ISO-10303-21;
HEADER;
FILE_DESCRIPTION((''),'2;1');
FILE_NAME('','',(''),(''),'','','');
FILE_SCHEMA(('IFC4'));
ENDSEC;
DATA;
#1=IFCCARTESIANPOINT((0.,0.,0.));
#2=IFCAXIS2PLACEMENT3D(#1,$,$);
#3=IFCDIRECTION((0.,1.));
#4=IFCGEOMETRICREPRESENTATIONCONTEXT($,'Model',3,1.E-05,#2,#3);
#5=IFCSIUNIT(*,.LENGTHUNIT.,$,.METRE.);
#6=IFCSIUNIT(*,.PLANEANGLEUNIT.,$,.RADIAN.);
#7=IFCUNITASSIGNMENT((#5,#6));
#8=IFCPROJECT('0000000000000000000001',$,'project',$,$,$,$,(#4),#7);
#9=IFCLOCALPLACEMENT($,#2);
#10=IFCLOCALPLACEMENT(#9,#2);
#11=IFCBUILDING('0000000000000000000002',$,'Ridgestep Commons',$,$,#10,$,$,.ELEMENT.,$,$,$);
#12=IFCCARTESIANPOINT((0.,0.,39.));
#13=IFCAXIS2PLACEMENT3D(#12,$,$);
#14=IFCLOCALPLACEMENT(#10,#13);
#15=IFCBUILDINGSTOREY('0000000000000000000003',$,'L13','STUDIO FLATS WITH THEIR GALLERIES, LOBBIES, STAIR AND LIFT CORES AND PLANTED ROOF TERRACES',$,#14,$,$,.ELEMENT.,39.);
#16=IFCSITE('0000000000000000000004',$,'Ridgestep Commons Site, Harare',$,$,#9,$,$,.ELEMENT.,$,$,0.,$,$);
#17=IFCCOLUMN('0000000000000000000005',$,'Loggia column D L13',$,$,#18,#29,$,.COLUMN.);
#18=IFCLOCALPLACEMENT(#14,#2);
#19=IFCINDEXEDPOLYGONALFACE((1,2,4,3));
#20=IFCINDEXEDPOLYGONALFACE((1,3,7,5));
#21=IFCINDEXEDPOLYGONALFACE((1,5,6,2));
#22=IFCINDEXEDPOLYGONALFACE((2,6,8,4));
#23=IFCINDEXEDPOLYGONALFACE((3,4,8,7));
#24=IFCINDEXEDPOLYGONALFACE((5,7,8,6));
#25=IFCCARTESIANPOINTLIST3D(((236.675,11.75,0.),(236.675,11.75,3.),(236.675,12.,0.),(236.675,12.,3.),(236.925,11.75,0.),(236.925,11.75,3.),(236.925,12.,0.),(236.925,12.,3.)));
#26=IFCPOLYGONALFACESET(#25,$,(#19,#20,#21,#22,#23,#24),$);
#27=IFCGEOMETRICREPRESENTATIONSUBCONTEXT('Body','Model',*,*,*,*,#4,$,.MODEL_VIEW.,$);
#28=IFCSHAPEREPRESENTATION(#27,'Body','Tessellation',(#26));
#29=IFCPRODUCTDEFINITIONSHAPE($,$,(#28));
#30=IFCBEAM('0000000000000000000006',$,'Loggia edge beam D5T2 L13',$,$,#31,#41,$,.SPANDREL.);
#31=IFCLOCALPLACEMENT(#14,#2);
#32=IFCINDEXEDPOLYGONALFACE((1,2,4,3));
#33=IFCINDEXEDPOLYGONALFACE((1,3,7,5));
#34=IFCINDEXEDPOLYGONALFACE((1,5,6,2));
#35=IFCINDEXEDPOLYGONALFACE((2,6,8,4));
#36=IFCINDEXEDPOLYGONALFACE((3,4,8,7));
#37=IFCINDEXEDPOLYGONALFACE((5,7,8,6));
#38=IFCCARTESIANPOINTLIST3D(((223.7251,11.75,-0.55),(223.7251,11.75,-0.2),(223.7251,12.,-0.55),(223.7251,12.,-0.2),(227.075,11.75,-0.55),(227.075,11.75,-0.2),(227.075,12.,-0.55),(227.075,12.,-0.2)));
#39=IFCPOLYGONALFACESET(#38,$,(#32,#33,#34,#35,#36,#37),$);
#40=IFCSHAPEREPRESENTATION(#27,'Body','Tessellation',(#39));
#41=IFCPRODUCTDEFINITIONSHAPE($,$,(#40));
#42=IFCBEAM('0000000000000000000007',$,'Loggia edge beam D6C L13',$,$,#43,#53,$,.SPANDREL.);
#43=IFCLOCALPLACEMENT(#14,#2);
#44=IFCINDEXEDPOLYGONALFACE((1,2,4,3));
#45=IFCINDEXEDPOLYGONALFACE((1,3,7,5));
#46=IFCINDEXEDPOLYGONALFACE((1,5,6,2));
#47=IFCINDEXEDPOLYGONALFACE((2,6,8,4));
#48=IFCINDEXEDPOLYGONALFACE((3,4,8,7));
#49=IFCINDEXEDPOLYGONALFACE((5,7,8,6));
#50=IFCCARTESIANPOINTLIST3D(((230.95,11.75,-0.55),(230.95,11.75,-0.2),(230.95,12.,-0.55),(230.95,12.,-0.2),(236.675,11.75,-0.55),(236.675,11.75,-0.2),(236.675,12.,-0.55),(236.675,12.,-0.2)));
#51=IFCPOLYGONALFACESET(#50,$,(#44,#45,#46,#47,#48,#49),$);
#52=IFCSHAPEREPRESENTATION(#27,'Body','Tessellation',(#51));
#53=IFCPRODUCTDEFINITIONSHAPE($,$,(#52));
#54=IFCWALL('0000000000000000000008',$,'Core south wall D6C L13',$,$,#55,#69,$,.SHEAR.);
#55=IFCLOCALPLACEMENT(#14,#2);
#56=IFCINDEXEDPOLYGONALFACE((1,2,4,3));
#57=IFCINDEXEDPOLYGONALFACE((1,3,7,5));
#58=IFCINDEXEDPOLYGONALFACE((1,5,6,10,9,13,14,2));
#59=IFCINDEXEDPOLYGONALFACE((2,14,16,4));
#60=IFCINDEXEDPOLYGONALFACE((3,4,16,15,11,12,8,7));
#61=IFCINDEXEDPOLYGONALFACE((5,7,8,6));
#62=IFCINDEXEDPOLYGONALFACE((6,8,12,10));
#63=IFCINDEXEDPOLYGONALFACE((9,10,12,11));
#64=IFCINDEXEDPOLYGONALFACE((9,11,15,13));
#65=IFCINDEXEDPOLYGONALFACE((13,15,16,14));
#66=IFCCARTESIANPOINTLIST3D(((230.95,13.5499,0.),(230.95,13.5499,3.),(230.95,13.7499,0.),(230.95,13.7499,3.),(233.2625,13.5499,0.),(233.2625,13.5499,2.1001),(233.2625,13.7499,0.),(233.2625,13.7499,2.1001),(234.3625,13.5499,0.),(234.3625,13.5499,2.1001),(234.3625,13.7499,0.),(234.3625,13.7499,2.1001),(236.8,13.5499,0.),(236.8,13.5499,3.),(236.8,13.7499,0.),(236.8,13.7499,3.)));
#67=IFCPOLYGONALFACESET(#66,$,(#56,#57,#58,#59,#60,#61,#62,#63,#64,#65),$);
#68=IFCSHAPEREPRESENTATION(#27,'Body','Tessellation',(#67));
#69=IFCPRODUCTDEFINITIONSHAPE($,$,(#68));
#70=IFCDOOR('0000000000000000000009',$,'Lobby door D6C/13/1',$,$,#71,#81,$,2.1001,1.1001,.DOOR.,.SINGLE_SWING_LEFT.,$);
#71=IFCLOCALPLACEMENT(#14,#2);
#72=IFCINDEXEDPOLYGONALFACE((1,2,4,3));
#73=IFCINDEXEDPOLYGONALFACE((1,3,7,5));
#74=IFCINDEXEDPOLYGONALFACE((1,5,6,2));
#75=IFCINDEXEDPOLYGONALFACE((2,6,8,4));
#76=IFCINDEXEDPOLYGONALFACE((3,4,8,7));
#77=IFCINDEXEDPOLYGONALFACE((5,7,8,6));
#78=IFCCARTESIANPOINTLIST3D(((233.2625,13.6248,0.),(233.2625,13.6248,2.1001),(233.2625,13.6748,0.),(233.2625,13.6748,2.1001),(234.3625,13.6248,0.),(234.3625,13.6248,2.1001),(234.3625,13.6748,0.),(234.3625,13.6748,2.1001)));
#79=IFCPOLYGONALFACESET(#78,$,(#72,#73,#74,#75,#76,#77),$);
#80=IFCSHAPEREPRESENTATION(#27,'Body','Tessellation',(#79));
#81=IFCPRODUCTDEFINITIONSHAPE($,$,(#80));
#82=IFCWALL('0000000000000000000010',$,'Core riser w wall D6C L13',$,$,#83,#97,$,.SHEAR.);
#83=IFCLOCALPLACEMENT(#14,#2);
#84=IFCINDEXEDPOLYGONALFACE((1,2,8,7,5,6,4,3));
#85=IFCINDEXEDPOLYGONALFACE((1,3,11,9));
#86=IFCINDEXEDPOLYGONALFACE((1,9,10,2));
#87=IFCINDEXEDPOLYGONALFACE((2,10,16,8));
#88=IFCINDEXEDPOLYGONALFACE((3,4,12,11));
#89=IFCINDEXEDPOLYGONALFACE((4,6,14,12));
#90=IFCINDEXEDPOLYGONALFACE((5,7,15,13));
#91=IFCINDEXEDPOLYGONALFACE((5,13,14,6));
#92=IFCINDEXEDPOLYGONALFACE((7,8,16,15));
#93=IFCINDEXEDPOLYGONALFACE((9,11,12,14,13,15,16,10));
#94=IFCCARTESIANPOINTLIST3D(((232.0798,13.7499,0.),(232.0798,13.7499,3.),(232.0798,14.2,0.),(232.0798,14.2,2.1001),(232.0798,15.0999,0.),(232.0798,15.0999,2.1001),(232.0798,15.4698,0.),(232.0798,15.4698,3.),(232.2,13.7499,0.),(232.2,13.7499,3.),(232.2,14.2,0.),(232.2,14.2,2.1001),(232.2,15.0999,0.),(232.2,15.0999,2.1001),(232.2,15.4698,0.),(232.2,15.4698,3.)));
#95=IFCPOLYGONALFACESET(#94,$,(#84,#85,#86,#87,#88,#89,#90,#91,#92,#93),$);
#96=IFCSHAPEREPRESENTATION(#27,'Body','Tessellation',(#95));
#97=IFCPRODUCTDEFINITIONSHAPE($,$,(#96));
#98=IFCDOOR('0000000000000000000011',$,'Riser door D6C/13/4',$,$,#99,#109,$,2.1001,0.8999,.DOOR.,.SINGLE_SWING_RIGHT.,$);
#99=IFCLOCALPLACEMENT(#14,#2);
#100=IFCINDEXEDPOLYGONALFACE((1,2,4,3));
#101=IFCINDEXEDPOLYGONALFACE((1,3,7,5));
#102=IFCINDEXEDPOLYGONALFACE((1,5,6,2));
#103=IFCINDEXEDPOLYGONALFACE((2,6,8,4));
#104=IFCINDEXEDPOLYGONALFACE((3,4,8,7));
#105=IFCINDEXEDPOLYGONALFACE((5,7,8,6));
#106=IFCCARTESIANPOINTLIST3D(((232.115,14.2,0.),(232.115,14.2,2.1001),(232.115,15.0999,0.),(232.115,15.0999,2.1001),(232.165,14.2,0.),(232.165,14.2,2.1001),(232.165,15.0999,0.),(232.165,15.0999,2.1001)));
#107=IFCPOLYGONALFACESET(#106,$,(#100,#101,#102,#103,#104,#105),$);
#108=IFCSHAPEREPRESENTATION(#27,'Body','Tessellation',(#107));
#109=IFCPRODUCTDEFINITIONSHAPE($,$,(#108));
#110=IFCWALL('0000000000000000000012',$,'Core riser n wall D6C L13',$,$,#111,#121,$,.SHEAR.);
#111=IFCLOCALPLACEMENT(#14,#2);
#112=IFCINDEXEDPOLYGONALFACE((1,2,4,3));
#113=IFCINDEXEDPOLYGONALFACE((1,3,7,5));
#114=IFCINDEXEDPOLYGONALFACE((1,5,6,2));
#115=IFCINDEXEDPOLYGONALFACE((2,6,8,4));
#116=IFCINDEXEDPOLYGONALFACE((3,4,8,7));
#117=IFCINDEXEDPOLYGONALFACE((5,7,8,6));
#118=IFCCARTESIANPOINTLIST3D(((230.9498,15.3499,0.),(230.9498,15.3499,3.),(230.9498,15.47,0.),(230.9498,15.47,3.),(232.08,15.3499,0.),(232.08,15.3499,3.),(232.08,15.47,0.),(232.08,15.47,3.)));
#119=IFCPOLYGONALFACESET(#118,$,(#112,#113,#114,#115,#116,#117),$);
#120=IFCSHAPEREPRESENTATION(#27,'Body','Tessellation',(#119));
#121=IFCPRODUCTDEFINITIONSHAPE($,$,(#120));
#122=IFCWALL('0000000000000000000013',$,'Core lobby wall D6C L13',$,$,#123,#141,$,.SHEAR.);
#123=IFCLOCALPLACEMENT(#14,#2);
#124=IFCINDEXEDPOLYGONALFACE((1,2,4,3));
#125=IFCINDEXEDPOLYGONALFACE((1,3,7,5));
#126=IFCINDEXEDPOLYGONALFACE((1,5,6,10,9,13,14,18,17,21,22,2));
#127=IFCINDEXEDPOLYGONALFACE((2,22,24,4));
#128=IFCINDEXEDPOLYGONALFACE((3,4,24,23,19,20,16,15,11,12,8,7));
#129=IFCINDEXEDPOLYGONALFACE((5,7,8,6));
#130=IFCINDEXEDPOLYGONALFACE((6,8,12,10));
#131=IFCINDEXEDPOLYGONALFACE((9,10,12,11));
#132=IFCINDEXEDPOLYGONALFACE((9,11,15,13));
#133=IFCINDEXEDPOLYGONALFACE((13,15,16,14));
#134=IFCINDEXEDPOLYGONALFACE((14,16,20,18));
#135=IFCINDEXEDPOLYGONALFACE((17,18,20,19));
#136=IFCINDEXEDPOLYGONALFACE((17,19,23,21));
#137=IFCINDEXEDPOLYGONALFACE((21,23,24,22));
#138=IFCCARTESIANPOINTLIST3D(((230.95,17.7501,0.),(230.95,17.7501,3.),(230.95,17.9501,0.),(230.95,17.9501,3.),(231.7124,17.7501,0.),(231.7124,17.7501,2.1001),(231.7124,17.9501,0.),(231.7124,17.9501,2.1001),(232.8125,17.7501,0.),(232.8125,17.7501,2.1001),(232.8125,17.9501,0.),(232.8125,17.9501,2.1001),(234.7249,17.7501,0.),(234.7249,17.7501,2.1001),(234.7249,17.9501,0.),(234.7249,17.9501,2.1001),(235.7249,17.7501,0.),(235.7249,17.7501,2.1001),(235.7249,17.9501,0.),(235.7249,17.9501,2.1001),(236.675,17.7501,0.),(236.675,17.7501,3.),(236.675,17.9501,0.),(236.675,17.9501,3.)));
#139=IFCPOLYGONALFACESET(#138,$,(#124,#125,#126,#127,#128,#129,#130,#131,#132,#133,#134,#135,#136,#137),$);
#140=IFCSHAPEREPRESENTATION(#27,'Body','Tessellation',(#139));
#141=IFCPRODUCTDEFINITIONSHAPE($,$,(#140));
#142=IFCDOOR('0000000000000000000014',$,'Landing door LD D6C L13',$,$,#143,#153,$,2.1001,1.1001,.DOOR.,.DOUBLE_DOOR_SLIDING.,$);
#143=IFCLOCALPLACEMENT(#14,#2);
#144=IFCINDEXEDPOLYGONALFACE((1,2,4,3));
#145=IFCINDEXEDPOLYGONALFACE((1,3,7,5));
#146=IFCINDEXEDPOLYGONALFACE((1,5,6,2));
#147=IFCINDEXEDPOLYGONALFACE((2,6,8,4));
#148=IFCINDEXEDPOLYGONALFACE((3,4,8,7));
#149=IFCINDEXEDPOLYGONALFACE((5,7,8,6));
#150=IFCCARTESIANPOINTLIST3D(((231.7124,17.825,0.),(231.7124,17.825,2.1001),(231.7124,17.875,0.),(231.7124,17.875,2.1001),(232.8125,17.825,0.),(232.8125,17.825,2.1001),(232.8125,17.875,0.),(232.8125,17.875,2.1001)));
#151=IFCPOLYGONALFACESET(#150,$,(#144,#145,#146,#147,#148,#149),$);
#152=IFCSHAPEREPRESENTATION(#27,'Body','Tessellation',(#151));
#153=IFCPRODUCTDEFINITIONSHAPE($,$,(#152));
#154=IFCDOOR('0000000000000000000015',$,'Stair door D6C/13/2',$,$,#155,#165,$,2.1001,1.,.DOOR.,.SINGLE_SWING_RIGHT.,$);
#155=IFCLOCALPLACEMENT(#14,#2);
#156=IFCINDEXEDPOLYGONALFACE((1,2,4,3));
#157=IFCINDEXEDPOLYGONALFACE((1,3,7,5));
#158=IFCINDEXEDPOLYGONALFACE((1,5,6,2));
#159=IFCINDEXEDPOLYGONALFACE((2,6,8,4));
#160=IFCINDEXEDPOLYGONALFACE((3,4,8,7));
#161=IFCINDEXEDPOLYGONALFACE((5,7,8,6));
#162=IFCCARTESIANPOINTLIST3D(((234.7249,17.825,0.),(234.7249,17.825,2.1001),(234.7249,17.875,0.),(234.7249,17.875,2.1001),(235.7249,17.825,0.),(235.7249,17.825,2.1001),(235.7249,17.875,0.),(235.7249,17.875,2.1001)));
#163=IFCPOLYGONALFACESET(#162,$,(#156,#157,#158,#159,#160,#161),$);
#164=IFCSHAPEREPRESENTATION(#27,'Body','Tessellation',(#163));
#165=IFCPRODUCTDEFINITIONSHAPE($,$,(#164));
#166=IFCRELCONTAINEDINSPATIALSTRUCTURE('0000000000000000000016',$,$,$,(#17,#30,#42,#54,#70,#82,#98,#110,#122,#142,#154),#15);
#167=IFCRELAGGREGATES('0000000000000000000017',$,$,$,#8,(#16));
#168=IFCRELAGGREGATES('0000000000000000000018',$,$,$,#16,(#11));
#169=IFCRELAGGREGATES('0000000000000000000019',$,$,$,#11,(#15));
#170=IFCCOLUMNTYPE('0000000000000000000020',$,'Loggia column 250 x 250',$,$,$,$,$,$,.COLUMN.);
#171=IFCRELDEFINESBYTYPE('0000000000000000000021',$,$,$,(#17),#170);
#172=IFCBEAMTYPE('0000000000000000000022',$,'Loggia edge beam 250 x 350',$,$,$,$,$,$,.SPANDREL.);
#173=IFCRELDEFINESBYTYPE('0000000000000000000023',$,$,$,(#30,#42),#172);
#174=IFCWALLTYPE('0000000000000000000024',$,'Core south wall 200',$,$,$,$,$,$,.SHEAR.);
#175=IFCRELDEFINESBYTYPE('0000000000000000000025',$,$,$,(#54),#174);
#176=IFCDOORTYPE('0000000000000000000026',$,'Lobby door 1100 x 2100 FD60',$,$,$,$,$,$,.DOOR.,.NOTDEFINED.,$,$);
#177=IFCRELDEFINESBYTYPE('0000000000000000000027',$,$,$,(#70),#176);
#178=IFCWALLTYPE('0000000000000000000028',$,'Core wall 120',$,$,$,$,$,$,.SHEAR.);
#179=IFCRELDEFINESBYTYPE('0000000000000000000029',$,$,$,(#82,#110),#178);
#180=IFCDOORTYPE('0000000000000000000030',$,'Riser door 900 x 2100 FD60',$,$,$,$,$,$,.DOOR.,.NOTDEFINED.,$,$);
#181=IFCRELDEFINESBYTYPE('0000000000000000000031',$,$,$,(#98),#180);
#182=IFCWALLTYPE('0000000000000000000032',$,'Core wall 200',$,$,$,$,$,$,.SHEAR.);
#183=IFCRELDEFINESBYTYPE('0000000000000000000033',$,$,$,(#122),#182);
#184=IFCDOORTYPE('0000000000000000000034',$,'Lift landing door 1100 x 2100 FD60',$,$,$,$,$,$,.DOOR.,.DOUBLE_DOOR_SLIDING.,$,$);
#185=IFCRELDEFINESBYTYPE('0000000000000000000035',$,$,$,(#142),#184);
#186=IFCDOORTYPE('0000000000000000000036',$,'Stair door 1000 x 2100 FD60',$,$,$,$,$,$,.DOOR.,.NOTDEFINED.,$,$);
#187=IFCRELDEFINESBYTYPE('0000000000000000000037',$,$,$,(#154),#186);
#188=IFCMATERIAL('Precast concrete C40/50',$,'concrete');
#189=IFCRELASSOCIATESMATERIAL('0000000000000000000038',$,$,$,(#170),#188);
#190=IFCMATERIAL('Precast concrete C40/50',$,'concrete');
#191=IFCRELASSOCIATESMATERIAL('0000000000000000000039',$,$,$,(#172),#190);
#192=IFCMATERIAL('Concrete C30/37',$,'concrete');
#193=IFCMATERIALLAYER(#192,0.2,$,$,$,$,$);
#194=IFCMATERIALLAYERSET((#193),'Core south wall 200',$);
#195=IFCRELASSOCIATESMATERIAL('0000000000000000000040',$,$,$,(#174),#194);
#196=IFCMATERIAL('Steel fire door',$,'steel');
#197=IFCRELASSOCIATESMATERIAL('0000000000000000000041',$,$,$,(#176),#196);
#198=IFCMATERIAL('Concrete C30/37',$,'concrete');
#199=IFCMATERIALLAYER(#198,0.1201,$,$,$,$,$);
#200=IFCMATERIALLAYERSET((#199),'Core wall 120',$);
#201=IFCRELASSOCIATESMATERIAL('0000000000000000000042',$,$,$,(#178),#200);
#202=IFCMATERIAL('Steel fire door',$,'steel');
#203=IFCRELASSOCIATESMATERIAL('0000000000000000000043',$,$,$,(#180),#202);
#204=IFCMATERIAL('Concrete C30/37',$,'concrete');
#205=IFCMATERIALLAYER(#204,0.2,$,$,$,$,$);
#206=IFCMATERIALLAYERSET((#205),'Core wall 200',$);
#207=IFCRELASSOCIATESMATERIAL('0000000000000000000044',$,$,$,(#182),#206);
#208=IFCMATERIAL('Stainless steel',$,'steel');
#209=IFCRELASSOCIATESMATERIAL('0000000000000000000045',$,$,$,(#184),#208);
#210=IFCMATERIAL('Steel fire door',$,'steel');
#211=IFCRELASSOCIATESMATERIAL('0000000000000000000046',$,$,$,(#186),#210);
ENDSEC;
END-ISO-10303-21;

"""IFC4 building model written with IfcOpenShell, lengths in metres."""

from ifc_helpers import new_model, si_unit, direction, frame, frame_2d, origin, origin_2d, place, context, subcontext, project, spatial, rectangle, extrude, material, layer, layer_set, material_profile, profile_set, type_object, element, fill, save


model = new_model("IFC4")

# Units and contexts
model_context = context("Model", 3, precision=1e-05, world=origin(), true_north=direction((0.0, 1.0)))
body_context = subcontext(model_context, "Body", "Model", "MODEL_VIEW")
ifc_project = project(units=[si_unit("LENGTHUNIT", "METRE"), si_unit("PLANEANGLEUNIT", "RADIAN")], contexts=[model_context])

# Site, building, storey
site_placement = place(None, origin())
site = spatial("IfcSite", under=ifc_project, at=site_placement, Name="Ridgestep Commons Site, Harare", CompositionType="ELEMENT", RefElevation=0.0)
building_placement = place(site_placement, origin())
building = spatial("IfcBuilding", under=site, at=building_placement, Name="Ridgestep Commons", CompositionType="ELEMENT")
storey_placement = place(building_placement, frame((0.0, 0.0, 39.0)))
storey = spatial("IfcBuildingStorey", under=building, at=storey_placement, Name="L13", Description="STUDIO FLATS WITH THEIR GALLERIES, LOBBIES, STAIR AND LIFT CORES AND PLANTED ROOF TERRACES", CompositionType="ELEMENT", Elevation=39.0)

# Column
ifc_material_1 = material(Name="Precast concrete C40/50", Category="concrete")
ifc_material_profile_1 = material_profile(ifc_material_1, rectangle(XDim=0.25, YDim=0.25, at=origin_2d()), Name="PC 250x250")
ifc_profile_set_1 = profile_set([ifc_material_profile_1], Name="Precast concrete C40/50")
column_type = type_object("IfcColumnType", Name="Loggia column 250 x 250", PredefinedType="COLUMN", material=ifc_profile_set_1)
column_placement = place(storey_placement, frame((236.8, 11.875, 0.0), z_axis=(0.0, 0.0, 1.0), x_axis=(1.0, 0.0, 0.0)))
element("IfcColumn", 1, at=column_placement, inside=storey, type_object=column_type, Name="Loggia column D L13", PredefinedType="COLUMN", context=body_context, shape_type="SweptSolid", body=[
    extrude(rectangle(XDim=0.25, YDim=0.25, at=origin_2d()), origin(), (0.0, 0.0, 1.0), 3.0),
])

# Beams
ifc_material_2 = material(Name="Precast concrete C40/50", Category="concrete")
ifc_material_profile_2 = material_profile(ifc_material_2, rectangle(XDim=0.25, YDim=0.3501, at=origin_2d()), Name="PC 250x350")
ifc_profile_set_2 = profile_set([ifc_material_profile_2], Name="Precast concrete C40/50")
beam_type = type_object("IfcBeamType", Name="Loggia edge beam 250 x 350", PredefinedType="SPANDREL", material=ifc_profile_set_2)
beam_1_placement = place(storey_placement, frame((223.7251, 11.875, -0.375), z_axis=(1.0, 0.0, 0.0), x_axis=(0.0, 1.0, 0.0)))
element("IfcBeam", 2, at=beam_1_placement, inside=storey, type_object=beam_type, Name="Loggia edge beam D5T2 L13", PredefinedType="SPANDREL", context=body_context, shape_type="SweptSolid", body=[
    extrude(rectangle(XDim=0.25, YDim=0.3501, at=origin_2d()), origin(), (0.0, 0.0, 1.0), 3.3499),
])
beam_2_placement = place(storey_placement, frame((230.95, 11.875, -0.375), z_axis=(1.0, 0.0, 0.0), x_axis=(0.0, 1.0, 0.0)))
element("IfcBeam", 3, at=beam_2_placement, inside=storey, type_object=beam_type, Name="Loggia edge beam D6C L13", PredefinedType="SPANDREL", context=body_context, shape_type="SweptSolid", body=[
    extrude(rectangle(XDim=0.25, YDim=0.3501, at=origin_2d()), origin(), (0.0, 0.0, 1.0), 5.7251),
])

# Walls, openings, doors
ifc_material_3 = material(Name="Concrete C30/37", Category="concrete")
ifc_layer_1 = layer(ifc_material_3, 0.2)
ifc_layer_set_1 = layer_set([ifc_layer_1], Name="Core south wall 200")
wall_type_1 = type_object("IfcWallType", Name="Core south wall 200", PredefinedType="SHEAR", material=ifc_layer_set_1)
wall_1_placement = place(storey_placement, frame((230.95, 13.6499, 0.0), z_axis=(0.0, 0.0, 1.0), x_axis=(1.0, 0.0, 0.0)))
wall_1 = element("IfcWall", 4, at=wall_1_placement, inside=storey, type_object=wall_type_1, Name="Core south wall D6C L13", PredefinedType="SHEAR", context=body_context, shape_type="SweptSolid", body=[
    extrude(rectangle(XDim=5.8501, YDim=0.2, at=frame_2d((2.925, 0.0))), origin(), (0.0, 0.0, 1.0), 3.0),
])
opening_1_placement = place(wall_1_placement, frame((2.3125, 0.0, 0.0)))
opening_1 = element("IfcOpeningElement", 5, at=opening_1_placement, cuts=wall_1, PredefinedType="OPENING", context=body_context, shape_type="SweptSolid", body=[
    extrude(rectangle(XDim=1.1001, YDim=2.1001, at=frame_2d((0.55, 1.05))), frame((0.0, 0.1099, 0.0), z_axis=(0.0, -1.0, 0.0), x_axis=(1.0, 0.0, 0.0)), (0.0, 0.0, 1.0), 0.22),
])
ifc_material_4 = material(Name="Steel fire door", Category="steel")
door_type_1 = type_object("IfcDoorType", Name="Lobby door 1100 x 2100 FD60", OperationType="NOTDEFINED", PredefinedType="DOOR", material=ifc_material_4)
door_1_placement = place(opening_1_placement, origin())
door_1 = element("IfcDoor", 6, at=door_1_placement, inside=storey, type_object=door_type_1, Name="Lobby door D6C/13/1", OperationType="SINGLE_SWING_LEFT", OverallHeight=2.1001, OverallWidth=1.1001, PredefinedType="DOOR", context=body_context, shape_type="SweptSolid", body=[
    extrude(rectangle(XDim=1.1001, YDim=2.1001, at=frame_2d((0.55, 1.05))), frame((0.0, 0.0249, 0.0), z_axis=(0.0, -1.0, 0.0), x_axis=(1.0, 0.0, 0.0)), (0.0, 0.0, 1.0), 0.05),
])
fill(opening_1, door_1)
ifc_material_5 = material(Name="Concrete C30/37", Category="concrete")
ifc_layer_2 = layer(ifc_material_5, 0.1201)
ifc_layer_set_2 = layer_set([ifc_layer_2], Name="Core wall 120")
wall_type_2 = type_object("IfcWallType", Name="Core wall 120", PredefinedType="SHEAR", material=ifc_layer_set_2)
wall_2_placement = place(storey_placement, frame((232.1399, 13.75, 0.0), z_axis=(0.0, 0.0, 1.0), x_axis=(0.0, 1.0, 0.0)))
wall_2 = element("IfcWall", 7, at=wall_2_placement, inside=storey, type_object=wall_type_2, Name="Core riser w wall D6C L13", PredefinedType="SHEAR", context=body_context, shape_type="SweptSolid", body=[
    extrude(rectangle(XDim=1.72, YDim=0.1201, at=frame_2d((0.8599, 0.0))), origin(), (0.0, 0.0, 1.0), 3.0),
])
opening_2_placement = place(wall_2_placement, frame((0.45, 0.0, 0.0)))
opening_2 = element("IfcOpeningElement", 8, at=opening_2_placement, cuts=wall_2, PredefinedType="OPENING", context=body_context, shape_type="SweptSolid", body=[
    extrude(rectangle(XDim=0.8999, YDim=2.1001, at=frame_2d((0.45, 1.05))), frame((0.0, 0.0701, 0.0), z_axis=(0.0, -1.0, 0.0), x_axis=(1.0, 0.0, 0.0)), (0.0, 0.0, 1.0), 0.1401),
])
ifc_material_6 = material(Name="Steel fire door", Category="steel")
door_type_2 = type_object("IfcDoorType", Name="Riser door 900 x 2100 FD60", OperationType="NOTDEFINED", PredefinedType="DOOR", material=ifc_material_6)
door_2_placement = place(opening_2_placement, origin())
door_2 = element("IfcDoor", 9, at=door_2_placement, inside=storey, type_object=door_type_2, Name="Riser door D6C/13/4", OperationType="SINGLE_SWING_RIGHT", OverallHeight=2.1001, OverallWidth=0.8999, PredefinedType="DOOR", context=body_context, shape_type="SweptSolid", body=[
    extrude(rectangle(XDim=0.8999, YDim=2.1001, at=frame_2d((0.45, 1.05))), frame((0.0, 0.0249, 0.0), z_axis=(0.0, -1.0, 0.0), x_axis=(1.0, 0.0, 0.0)), (0.0, 0.0, 1.0), 0.05),
])
fill(opening_2, door_2)

# Wall
wall_3_placement = place(storey_placement, frame((230.95, 15.4099, 0.0), z_axis=(0.0, 0.0, 1.0), x_axis=(1.0, 0.0, 0.0)))
element("IfcWall", 10, at=wall_3_placement, inside=storey, type_object=wall_type_2, Name="Core riser n wall D6C L13", PredefinedType="SHEAR", context=body_context, shape_type="SweptSolid", body=[
    extrude(rectangle(XDim=1.1301, YDim=0.1201, at=frame_2d((0.5649, 0.0))), origin(), (0.0, 0.0, 1.0), 3.0),
])

# Wall, openings, doors
ifc_material_7 = material(Name="Concrete C30/37", Category="concrete")
ifc_layer_3 = layer(ifc_material_7, 0.2)
ifc_layer_set_3 = layer_set([ifc_layer_3], Name="Core wall 200")
wall_type_3 = type_object("IfcWallType", Name="Core wall 200", PredefinedType="SHEAR", material=ifc_layer_set_3)
wall_4_placement = place(storey_placement, frame((230.95, 17.8501, 0.0), z_axis=(0.0, 0.0, 1.0), x_axis=(1.0, 0.0, 0.0)))
wall_4 = element("IfcWall", 11, at=wall_4_placement, inside=storey, type_object=wall_type_3, Name="Core lobby wall D6C L13", PredefinedType="SHEAR", context=body_context, shape_type="SweptSolid", body=[
    extrude(rectangle(XDim=5.7251, YDim=0.2, at=frame_2d((2.8625, 0.0))), origin(), (0.0, 0.0, 1.0), 3.0),
])
opening_3_placement = place(wall_4_placement, frame((3.7749, 0.0, 0.0)))
opening_3 = element("IfcOpeningElement", 12, at=opening_3_placement, cuts=wall_4, PredefinedType="OPENING", context=body_context, shape_type="SweptSolid", body=[
    extrude(rectangle(XDim=1.0, YDim=2.1001, at=frame_2d((0.5, 1.05))), frame((0.0, 0.1099, 0.0), z_axis=(0.0, -1.0, 0.0), x_axis=(1.0, 0.0, 0.0)), (0.0, 0.0, 1.0), 0.22),
])
opening_4_placement = place(wall_4_placement, frame((0.7625, 0.0, 0.0)))
opening_4 = element("IfcOpeningElement", 13, at=opening_4_placement, cuts=wall_4, PredefinedType="OPENING", context=body_context, shape_type="SweptSolid", body=[
    extrude(rectangle(XDim=1.1001, YDim=2.1001, at=frame_2d((0.55, 1.05))), frame((0.0, 0.1099, 0.0), z_axis=(0.0, -1.0, 0.0), x_axis=(1.0, 0.0, 0.0)), (0.0, 0.0, 1.0), 0.22),
])
ifc_material_8 = material(Name="Stainless steel", Category="steel")
door_type_3 = type_object("IfcDoorType", Name="Lift landing door 1100 x 2100 FD60", OperationType="DOUBLE_DOOR_SLIDING", PredefinedType="DOOR", material=ifc_material_8)
door_3_placement = place(opening_4_placement, origin())
door_3 = element("IfcDoor", 14, at=door_3_placement, inside=storey, type_object=door_type_3, Name="Landing door LD D6C L13", OperationType="DOUBLE_DOOR_SLIDING", OverallHeight=2.1001, OverallWidth=1.1001, PredefinedType="DOOR", context=body_context, shape_type="SweptSolid", body=[
    extrude(rectangle(XDim=1.1001, YDim=2.1001, at=frame_2d((0.55, 1.05))), frame((0.0, 0.0249, 0.0), z_axis=(0.0, -1.0, 0.0), x_axis=(1.0, 0.0, 0.0)), (0.0, 0.0, 1.0), 0.05),
])
fill(opening_4, door_3)
ifc_material_9 = material(Name="Steel fire door", Category="steel")
door_type_4 = type_object("IfcDoorType", Name="Stair door 1000 x 2100 FD60", OperationType="NOTDEFINED", PredefinedType="DOOR", material=ifc_material_9)
door_4_placement = place(opening_3_placement, origin())
door_4 = element("IfcDoor", 15, at=door_4_placement, inside=storey, type_object=door_type_4, Name="Stair door D6C/13/2", OperationType="SINGLE_SWING_RIGHT", OverallHeight=2.1001, OverallWidth=1.0, PredefinedType="DOOR", context=body_context, shape_type="SweptSolid", body=[
    extrude(rectangle(XDim=1.0, YDim=2.1001, at=frame_2d((0.5, 1.05))), frame((0.0, 0.0249, 0.0), z_axis=(0.0, -1.0, 0.0), x_axis=(1.0, 0.0, 0.0)), (0.0, 0.0, 1.0), 0.05),
])
fill(opening_3, door_4)

save(model, "model.ifc")
